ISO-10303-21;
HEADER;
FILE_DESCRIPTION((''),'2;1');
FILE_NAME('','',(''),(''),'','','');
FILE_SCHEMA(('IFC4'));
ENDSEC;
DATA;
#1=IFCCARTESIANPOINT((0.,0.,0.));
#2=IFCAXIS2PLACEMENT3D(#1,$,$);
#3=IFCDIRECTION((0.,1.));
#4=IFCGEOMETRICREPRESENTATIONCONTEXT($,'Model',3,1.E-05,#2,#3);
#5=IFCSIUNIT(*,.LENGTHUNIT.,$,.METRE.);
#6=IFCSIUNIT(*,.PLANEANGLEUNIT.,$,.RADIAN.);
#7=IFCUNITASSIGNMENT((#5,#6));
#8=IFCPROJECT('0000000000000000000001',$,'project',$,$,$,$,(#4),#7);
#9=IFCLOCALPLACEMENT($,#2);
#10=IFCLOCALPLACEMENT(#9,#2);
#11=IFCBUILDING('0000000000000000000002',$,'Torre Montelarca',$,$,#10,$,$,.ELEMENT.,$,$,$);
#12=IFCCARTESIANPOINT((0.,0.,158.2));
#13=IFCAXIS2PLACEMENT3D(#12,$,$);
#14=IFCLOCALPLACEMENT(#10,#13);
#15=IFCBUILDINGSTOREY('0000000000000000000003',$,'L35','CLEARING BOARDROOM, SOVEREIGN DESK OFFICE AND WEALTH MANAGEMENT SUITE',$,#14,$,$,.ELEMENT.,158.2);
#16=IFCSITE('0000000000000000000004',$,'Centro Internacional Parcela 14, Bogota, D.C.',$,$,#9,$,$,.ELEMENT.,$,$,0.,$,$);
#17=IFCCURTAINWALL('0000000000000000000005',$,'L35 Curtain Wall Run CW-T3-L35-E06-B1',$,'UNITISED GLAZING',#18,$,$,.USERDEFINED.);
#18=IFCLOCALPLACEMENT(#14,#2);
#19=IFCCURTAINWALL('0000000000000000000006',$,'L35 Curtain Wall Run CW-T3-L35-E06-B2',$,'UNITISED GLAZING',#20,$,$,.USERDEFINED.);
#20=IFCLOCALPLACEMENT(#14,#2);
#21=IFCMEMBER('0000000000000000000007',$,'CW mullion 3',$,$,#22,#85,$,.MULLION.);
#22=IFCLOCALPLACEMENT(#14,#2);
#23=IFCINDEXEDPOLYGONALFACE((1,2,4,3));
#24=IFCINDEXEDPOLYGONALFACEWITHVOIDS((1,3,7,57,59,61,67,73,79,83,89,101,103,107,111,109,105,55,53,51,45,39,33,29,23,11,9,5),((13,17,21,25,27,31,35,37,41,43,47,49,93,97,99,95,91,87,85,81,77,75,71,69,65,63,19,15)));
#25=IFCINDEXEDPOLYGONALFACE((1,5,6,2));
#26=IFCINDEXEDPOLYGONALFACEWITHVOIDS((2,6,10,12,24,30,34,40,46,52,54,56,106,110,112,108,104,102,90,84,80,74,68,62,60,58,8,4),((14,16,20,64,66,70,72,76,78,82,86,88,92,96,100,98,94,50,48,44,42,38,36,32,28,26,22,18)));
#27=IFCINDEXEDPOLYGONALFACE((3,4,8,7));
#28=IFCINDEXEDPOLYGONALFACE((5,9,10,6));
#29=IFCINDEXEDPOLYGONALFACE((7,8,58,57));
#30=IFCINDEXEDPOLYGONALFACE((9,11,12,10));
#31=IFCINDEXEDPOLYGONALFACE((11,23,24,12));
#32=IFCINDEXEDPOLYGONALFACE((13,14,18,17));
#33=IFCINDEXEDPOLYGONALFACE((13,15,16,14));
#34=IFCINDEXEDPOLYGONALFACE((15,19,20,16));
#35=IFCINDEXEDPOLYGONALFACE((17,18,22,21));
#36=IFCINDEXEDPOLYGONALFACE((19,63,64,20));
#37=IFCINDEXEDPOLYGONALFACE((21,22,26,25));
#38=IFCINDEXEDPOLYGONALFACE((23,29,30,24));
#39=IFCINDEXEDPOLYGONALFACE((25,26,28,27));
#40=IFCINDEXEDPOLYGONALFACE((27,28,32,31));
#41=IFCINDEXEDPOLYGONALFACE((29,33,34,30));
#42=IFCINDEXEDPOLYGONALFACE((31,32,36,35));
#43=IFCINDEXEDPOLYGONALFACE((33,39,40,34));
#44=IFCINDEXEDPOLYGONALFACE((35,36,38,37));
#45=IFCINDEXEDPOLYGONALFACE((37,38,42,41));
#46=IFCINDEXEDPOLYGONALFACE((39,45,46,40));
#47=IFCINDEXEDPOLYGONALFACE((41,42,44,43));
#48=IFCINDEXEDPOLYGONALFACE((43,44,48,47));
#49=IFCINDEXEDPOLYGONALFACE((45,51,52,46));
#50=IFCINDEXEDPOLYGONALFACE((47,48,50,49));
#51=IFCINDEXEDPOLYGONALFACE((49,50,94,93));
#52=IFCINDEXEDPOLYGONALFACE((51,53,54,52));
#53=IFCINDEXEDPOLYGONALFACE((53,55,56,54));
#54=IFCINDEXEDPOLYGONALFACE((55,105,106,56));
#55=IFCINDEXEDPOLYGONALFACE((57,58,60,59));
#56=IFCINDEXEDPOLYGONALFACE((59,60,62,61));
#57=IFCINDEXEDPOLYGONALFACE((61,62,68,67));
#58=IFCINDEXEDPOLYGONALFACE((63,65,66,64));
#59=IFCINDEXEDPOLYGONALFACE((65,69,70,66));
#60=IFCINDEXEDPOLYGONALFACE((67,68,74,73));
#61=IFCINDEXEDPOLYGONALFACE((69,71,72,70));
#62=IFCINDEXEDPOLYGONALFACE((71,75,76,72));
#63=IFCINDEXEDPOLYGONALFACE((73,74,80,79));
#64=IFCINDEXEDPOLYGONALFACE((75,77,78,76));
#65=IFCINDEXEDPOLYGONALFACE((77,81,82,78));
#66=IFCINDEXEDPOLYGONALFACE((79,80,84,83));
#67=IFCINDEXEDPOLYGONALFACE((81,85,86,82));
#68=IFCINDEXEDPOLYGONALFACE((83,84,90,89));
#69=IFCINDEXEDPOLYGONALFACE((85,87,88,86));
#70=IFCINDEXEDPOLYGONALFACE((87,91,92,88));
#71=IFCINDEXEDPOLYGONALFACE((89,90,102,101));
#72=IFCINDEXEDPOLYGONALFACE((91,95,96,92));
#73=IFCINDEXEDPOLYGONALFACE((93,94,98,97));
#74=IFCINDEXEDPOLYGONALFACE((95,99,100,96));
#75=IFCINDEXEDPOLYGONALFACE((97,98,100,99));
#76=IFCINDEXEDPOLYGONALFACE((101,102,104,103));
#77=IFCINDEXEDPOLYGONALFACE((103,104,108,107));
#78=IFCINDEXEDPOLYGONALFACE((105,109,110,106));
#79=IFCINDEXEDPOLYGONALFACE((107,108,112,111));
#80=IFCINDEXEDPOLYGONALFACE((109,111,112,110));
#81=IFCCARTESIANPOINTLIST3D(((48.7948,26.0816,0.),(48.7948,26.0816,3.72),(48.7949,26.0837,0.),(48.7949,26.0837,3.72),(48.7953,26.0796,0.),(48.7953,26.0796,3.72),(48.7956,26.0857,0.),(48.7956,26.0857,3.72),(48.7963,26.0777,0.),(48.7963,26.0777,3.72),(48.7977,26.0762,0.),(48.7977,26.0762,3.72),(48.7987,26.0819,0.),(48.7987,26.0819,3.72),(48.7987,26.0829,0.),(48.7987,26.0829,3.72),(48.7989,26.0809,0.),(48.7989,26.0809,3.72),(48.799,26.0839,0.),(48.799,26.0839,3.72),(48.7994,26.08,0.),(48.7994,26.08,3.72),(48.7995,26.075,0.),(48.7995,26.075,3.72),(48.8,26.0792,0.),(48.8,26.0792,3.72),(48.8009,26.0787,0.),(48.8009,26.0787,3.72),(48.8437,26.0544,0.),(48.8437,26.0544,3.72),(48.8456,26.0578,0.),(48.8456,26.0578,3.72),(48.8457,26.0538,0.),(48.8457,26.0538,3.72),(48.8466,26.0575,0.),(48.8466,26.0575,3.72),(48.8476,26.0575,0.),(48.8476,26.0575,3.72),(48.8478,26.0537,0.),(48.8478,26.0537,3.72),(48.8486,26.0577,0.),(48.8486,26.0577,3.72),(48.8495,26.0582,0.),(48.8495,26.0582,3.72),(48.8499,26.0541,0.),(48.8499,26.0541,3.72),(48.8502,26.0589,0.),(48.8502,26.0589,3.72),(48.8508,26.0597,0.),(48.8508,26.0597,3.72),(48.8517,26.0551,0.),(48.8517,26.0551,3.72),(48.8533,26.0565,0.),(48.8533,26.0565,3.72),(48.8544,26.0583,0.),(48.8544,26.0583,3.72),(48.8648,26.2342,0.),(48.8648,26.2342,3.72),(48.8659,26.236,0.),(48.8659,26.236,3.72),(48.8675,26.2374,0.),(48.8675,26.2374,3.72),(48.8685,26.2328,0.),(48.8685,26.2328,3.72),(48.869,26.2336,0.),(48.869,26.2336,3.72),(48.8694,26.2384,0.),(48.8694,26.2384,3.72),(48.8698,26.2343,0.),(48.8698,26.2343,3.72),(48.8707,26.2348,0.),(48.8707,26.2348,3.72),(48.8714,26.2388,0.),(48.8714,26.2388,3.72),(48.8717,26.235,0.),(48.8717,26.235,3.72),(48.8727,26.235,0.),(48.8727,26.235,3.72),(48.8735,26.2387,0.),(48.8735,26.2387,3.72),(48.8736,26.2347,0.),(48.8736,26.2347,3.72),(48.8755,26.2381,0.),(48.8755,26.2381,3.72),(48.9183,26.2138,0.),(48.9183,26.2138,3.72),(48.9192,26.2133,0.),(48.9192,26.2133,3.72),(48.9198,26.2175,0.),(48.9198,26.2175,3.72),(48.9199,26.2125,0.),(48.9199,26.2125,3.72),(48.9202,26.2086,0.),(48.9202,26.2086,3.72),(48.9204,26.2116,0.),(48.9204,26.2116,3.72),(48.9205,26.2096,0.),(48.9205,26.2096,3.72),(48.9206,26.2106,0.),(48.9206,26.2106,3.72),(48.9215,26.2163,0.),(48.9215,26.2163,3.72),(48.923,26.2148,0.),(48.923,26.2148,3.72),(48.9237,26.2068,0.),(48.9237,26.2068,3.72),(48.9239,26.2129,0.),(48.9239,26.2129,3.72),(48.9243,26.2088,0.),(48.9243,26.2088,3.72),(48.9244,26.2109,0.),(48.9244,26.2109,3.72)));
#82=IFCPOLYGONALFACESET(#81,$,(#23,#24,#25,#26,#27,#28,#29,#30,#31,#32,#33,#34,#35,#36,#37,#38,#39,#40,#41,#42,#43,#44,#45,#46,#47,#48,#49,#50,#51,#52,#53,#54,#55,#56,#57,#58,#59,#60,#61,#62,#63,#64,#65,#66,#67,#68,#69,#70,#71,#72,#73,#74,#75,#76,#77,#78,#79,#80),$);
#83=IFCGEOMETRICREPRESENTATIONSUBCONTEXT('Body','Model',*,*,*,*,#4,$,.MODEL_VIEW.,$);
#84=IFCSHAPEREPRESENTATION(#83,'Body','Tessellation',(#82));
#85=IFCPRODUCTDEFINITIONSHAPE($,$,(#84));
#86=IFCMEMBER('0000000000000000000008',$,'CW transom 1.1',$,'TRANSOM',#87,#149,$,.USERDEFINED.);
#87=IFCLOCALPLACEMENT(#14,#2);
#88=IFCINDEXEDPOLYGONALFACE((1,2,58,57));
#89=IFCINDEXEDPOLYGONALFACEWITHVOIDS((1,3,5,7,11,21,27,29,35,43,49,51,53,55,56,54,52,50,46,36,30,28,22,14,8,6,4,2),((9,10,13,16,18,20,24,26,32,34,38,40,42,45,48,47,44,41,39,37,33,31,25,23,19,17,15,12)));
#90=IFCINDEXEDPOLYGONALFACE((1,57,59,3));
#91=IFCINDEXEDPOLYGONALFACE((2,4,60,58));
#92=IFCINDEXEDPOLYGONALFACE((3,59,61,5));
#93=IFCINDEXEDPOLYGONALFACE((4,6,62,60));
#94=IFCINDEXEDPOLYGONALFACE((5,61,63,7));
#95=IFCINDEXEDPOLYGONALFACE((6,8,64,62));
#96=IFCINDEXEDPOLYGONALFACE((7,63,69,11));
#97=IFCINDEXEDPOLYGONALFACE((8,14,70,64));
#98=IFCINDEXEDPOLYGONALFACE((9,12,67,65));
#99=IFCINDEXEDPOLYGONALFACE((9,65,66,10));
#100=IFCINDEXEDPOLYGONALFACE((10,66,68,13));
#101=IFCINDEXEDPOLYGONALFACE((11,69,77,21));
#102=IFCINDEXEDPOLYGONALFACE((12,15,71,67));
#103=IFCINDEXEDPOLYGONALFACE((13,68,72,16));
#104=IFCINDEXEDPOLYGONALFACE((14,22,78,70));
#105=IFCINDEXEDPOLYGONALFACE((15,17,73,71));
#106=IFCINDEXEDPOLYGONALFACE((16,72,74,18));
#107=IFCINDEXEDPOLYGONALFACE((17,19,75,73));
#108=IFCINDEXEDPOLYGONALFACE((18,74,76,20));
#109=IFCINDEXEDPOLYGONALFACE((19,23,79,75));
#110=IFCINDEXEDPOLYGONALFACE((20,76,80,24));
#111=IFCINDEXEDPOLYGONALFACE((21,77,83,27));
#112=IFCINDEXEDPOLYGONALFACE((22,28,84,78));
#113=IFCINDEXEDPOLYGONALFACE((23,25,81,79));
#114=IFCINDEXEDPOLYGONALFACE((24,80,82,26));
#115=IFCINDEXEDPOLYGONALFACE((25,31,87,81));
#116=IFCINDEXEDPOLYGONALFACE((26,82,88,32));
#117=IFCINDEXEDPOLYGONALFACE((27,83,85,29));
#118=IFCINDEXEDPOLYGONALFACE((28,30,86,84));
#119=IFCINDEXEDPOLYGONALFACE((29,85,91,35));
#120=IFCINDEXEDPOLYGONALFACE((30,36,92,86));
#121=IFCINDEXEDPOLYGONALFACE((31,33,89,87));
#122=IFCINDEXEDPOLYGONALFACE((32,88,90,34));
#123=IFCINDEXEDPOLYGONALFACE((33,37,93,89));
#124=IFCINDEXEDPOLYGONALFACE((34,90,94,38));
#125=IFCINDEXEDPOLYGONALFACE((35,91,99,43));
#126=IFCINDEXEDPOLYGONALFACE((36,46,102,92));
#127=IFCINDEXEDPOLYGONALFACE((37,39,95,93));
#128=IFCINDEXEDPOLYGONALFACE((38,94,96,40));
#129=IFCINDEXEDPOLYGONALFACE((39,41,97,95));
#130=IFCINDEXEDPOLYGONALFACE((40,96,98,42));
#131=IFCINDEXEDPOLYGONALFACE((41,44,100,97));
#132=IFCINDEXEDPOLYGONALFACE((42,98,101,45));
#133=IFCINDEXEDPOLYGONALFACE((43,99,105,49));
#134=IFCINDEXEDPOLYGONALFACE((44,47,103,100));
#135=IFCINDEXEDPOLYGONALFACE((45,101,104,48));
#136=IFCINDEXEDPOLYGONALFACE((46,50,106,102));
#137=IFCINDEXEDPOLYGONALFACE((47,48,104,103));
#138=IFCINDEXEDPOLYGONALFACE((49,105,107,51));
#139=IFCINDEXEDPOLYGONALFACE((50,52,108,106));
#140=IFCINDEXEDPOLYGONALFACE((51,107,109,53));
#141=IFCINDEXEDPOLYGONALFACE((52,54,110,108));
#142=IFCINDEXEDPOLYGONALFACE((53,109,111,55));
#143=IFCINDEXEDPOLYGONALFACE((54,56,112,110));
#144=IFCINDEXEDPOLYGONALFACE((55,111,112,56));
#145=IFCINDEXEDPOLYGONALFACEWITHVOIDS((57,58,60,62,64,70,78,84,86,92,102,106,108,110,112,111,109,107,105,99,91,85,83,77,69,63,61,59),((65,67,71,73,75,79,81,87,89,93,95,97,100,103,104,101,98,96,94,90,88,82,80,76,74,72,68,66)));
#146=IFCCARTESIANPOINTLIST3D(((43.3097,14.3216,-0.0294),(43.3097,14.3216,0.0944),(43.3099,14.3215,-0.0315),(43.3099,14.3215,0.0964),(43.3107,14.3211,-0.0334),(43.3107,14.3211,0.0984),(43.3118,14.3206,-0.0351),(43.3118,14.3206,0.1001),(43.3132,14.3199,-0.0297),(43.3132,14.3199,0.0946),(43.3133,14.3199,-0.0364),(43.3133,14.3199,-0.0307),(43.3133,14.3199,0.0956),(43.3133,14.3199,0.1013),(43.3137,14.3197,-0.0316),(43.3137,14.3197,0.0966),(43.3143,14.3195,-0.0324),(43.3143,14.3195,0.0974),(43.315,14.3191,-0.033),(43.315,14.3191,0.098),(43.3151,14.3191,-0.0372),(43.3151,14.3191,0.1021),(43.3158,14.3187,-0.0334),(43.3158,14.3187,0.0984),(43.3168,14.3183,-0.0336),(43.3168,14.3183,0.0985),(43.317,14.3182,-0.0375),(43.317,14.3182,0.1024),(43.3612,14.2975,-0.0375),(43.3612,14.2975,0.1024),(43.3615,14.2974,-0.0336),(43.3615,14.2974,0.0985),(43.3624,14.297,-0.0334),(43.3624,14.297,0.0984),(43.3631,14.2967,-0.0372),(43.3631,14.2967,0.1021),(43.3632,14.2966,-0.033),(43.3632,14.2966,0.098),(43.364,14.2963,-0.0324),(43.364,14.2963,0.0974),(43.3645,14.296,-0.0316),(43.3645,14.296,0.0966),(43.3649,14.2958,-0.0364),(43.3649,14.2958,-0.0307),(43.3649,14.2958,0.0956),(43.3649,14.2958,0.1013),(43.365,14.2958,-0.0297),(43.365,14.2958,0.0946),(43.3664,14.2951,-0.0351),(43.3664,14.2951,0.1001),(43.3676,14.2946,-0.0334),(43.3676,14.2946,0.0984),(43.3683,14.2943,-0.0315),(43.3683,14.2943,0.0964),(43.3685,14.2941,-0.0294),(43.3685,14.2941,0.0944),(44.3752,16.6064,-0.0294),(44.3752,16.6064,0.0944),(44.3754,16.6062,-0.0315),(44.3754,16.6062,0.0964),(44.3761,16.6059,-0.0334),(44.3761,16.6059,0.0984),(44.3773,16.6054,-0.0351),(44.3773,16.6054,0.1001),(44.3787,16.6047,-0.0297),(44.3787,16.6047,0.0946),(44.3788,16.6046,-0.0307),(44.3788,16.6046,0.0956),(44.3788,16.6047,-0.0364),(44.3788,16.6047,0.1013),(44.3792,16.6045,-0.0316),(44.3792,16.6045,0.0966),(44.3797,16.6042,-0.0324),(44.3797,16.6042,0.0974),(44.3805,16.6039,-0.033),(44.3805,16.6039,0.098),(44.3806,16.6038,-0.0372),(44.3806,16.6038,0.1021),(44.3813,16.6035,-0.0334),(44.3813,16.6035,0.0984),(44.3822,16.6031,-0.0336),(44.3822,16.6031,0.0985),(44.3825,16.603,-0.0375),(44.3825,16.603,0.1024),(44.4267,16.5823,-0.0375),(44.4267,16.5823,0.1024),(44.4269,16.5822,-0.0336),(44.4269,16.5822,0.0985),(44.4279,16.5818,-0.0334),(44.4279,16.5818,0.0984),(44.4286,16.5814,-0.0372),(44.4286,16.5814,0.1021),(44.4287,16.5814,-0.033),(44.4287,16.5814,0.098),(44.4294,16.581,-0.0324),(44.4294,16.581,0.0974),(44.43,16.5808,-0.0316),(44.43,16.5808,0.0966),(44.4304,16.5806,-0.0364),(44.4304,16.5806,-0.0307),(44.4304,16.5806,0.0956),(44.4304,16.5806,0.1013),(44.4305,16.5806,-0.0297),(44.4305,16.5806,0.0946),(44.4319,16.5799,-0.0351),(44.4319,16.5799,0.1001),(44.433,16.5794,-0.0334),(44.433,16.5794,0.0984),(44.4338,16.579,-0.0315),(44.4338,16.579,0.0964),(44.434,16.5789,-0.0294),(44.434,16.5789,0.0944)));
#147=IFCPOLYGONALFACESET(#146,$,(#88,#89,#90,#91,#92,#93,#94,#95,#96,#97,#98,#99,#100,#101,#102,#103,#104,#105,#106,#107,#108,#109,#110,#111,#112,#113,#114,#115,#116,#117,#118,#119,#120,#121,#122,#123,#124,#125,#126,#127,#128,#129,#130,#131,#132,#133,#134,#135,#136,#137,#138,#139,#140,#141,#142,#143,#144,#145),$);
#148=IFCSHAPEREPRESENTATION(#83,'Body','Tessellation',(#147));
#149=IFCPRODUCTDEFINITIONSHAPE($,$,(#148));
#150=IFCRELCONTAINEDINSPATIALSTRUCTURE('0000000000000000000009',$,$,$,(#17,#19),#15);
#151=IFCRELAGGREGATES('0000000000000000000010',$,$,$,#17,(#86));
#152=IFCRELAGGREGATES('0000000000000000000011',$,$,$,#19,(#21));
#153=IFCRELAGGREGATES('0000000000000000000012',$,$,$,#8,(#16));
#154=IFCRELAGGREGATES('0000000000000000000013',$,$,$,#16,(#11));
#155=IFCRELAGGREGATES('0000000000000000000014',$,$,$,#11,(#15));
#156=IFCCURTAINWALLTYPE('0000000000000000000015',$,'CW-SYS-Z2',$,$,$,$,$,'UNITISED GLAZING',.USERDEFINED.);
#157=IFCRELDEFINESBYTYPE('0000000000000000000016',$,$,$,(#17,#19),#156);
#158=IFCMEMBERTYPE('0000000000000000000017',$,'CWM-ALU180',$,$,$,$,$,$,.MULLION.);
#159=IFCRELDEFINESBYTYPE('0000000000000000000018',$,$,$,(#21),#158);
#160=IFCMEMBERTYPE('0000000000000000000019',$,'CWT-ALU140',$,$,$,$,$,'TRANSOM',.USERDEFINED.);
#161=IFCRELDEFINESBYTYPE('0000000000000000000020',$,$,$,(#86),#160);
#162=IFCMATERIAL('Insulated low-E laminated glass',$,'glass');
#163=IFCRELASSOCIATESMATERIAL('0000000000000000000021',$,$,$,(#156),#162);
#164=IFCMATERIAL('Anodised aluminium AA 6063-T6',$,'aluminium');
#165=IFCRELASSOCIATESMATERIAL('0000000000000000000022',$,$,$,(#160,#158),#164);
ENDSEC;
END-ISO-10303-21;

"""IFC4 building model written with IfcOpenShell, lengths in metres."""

from ifc_helpers import new_model, si_unit, direction, frame, origin, origin_2d, place, context, subcontext, project, spatial, hollow_rectangle, extrude, source, transform, mapped, material, material_profile, profile_set, type_object, element, aggregate, save


model = new_model("IFC4")

# Units and contexts
model_context = context("Model", 3, precision=1e-05, world=origin(), true_north=direction((0.0, 1.0)))
body_context = subcontext(model_context, "Body", "Model", "MODEL_VIEW")
ifc_project = project(units=[si_unit("LENGTHUNIT", "METRE"), si_unit("PLANEANGLEUNIT", "RADIAN")], contexts=[model_context])

# Site, building, storey
site_placement = place(None, origin())
site = spatial("IfcSite", under=ifc_project, at=site_placement, Name="Centro Internacional Parcela 14, Bogota, D.C.", CompositionType="ELEMENT", RefElevation=0.0)
building_placement = place(site_placement, origin())
building = spatial("IfcBuilding", under=site, at=building_placement, Name="Torre Montelarca", CompositionType="ELEMENT")
storey_placement = place(building_placement, frame((0.0, 0.0, 158.2)))
storey = spatial("IfcBuildingStorey", under=building, at=storey_placement, Name="L35", Description="CLEARING BOARDROOM, SOVEREIGN DESK OFFICE AND WEALTH MANAGEMENT SUITE", CompositionType="ELEMENT", Elevation=158.2)

# Curtain walls, member
ifc_material_1 = material(Name="Insulated low-E laminated glass", Category="glass")
curtain_wall_type = type_object("IfcCurtainWallType", Name="CW-SYS-Z2", ElementType="UNITISED GLAZING", PredefinedType="USERDEFINED", material=ifc_material_1)
ifc_material_2 = material(Name="Anodised aluminium AA 6063-T6", Category="aluminium")
ifc_material_profile_1 = material_profile(ifc_material_2, hollow_rectangle(XDim=0.0649, YDim=0.1399, WallThickness=0.0039, InnerFilletRadius=0.0039, OuterFilletRadius=0.0081, at=origin_2d()), Name="ALU65X140X4", Category="aluminium")
ifc_profile_set_1 = profile_set([ifc_material_profile_1], Name="Anodised aluminium AA 6063-T6")
member_type_1 = type_object("IfcMemberType", Name="CWT-ALU140", ElementType="TRANSOM", PredefinedType="USERDEFINED", material=ifc_profile_set_1)
ifc_material_profile_2 = material_profile(ifc_material_2, hollow_rectangle(XDim=0.0649, YDim=0.1799, WallThickness=0.0039, InnerFilletRadius=0.0039, OuterFilletRadius=0.0081, at=origin_2d()), Name="ALU65X180X4", Category="aluminium")
ifc_profile_set_2 = profile_set([ifc_material_profile_2], Name="Anodised aluminium AA 6063-T6")
member_type_2 = type_object("IfcMemberType", Name="CWM-ALU180", PredefinedType="MULLION", material=ifc_profile_set_2)
shared_shape_1 = source(origin(), body_context, "Body", "SweptSolid", [
    extrude(hollow_rectangle(XDim=0.0649, YDim=0.1799, WallThickness=0.0039, InnerFilletRadius=0.0039, OuterFilletRadius=0.0081, at=origin_2d()), origin(), (0.0, 0.0, 1.0), 3.72),
])
curtain_wall_1_placement = place(storey_placement, origin())
curtain_wall_1 = element("IfcCurtainWall", 1, at=curtain_wall_1_placement, inside=storey, type_object=curtain_wall_type, Name="L35 Curtain Wall Run CW-T3-L35-E06-B1", ObjectType="UNITISED GLAZING", PredefinedType="USERDEFINED")
curtain_wall_2_placement = place(storey_placement, origin())
curtain_wall_2 = element("IfcCurtainWall", 2, at=curtain_wall_2_placement, inside=storey, type_object=curtain_wall_type, Name="L35 Curtain Wall Run CW-T3-L35-E06-B2", ObjectType="UNITISED GLAZING", PredefinedType="USERDEFINED")
member_1_placement = place(storey_placement, frame((48.8596, 26.1462, 0.0), z_axis=(0.0, 0.0, 1.0), x_axis=(-0.906304, 0.422626, 0.0)))
member_1 = element("IfcMember", 3, at=member_1_placement, type_object=member_type_2, Name="CW mullion 3", PredefinedType="MULLION", context=body_context, shape_type="MappedRepresentation", body=[
    mapped(shared_shape_1, transform((0.0, 0.0, 0.0), scale=1.0)),
])

# Member
shared_shape_2 = source(origin(), body_context, "Body", "SweptSolid", [
    extrude(hollow_rectangle(XDim=0.0649, YDim=0.1399, WallThickness=0.0039, InnerFilletRadius=0.0039, OuterFilletRadius=0.0081, at=origin_2d()), origin(), (0.0, 0.0, 1.0), 2.521),
])
member_2_placement = place(storey_placement, frame((43.3391, 14.3079, 0.0325), z_axis=(0.422642, 0.906297, 0.0), x_axis=(-0.906297, 0.422642, 0.0)))
member_2 = element("IfcMember", 4, at=member_2_placement, type_object=member_type_1, Name="CW transom 1.1", ObjectType="TRANSOM", PredefinedType="USERDEFINED", context=body_context, shape_type="MappedRepresentation", body=[
    mapped(shared_shape_2, transform((0.0, 0.0, 0.0), scale=1.0)),
])

aggregate(curtain_wall_1, [member_2])
aggregate(curtain_wall_2, [member_1])

save(model, "model.ifc")
